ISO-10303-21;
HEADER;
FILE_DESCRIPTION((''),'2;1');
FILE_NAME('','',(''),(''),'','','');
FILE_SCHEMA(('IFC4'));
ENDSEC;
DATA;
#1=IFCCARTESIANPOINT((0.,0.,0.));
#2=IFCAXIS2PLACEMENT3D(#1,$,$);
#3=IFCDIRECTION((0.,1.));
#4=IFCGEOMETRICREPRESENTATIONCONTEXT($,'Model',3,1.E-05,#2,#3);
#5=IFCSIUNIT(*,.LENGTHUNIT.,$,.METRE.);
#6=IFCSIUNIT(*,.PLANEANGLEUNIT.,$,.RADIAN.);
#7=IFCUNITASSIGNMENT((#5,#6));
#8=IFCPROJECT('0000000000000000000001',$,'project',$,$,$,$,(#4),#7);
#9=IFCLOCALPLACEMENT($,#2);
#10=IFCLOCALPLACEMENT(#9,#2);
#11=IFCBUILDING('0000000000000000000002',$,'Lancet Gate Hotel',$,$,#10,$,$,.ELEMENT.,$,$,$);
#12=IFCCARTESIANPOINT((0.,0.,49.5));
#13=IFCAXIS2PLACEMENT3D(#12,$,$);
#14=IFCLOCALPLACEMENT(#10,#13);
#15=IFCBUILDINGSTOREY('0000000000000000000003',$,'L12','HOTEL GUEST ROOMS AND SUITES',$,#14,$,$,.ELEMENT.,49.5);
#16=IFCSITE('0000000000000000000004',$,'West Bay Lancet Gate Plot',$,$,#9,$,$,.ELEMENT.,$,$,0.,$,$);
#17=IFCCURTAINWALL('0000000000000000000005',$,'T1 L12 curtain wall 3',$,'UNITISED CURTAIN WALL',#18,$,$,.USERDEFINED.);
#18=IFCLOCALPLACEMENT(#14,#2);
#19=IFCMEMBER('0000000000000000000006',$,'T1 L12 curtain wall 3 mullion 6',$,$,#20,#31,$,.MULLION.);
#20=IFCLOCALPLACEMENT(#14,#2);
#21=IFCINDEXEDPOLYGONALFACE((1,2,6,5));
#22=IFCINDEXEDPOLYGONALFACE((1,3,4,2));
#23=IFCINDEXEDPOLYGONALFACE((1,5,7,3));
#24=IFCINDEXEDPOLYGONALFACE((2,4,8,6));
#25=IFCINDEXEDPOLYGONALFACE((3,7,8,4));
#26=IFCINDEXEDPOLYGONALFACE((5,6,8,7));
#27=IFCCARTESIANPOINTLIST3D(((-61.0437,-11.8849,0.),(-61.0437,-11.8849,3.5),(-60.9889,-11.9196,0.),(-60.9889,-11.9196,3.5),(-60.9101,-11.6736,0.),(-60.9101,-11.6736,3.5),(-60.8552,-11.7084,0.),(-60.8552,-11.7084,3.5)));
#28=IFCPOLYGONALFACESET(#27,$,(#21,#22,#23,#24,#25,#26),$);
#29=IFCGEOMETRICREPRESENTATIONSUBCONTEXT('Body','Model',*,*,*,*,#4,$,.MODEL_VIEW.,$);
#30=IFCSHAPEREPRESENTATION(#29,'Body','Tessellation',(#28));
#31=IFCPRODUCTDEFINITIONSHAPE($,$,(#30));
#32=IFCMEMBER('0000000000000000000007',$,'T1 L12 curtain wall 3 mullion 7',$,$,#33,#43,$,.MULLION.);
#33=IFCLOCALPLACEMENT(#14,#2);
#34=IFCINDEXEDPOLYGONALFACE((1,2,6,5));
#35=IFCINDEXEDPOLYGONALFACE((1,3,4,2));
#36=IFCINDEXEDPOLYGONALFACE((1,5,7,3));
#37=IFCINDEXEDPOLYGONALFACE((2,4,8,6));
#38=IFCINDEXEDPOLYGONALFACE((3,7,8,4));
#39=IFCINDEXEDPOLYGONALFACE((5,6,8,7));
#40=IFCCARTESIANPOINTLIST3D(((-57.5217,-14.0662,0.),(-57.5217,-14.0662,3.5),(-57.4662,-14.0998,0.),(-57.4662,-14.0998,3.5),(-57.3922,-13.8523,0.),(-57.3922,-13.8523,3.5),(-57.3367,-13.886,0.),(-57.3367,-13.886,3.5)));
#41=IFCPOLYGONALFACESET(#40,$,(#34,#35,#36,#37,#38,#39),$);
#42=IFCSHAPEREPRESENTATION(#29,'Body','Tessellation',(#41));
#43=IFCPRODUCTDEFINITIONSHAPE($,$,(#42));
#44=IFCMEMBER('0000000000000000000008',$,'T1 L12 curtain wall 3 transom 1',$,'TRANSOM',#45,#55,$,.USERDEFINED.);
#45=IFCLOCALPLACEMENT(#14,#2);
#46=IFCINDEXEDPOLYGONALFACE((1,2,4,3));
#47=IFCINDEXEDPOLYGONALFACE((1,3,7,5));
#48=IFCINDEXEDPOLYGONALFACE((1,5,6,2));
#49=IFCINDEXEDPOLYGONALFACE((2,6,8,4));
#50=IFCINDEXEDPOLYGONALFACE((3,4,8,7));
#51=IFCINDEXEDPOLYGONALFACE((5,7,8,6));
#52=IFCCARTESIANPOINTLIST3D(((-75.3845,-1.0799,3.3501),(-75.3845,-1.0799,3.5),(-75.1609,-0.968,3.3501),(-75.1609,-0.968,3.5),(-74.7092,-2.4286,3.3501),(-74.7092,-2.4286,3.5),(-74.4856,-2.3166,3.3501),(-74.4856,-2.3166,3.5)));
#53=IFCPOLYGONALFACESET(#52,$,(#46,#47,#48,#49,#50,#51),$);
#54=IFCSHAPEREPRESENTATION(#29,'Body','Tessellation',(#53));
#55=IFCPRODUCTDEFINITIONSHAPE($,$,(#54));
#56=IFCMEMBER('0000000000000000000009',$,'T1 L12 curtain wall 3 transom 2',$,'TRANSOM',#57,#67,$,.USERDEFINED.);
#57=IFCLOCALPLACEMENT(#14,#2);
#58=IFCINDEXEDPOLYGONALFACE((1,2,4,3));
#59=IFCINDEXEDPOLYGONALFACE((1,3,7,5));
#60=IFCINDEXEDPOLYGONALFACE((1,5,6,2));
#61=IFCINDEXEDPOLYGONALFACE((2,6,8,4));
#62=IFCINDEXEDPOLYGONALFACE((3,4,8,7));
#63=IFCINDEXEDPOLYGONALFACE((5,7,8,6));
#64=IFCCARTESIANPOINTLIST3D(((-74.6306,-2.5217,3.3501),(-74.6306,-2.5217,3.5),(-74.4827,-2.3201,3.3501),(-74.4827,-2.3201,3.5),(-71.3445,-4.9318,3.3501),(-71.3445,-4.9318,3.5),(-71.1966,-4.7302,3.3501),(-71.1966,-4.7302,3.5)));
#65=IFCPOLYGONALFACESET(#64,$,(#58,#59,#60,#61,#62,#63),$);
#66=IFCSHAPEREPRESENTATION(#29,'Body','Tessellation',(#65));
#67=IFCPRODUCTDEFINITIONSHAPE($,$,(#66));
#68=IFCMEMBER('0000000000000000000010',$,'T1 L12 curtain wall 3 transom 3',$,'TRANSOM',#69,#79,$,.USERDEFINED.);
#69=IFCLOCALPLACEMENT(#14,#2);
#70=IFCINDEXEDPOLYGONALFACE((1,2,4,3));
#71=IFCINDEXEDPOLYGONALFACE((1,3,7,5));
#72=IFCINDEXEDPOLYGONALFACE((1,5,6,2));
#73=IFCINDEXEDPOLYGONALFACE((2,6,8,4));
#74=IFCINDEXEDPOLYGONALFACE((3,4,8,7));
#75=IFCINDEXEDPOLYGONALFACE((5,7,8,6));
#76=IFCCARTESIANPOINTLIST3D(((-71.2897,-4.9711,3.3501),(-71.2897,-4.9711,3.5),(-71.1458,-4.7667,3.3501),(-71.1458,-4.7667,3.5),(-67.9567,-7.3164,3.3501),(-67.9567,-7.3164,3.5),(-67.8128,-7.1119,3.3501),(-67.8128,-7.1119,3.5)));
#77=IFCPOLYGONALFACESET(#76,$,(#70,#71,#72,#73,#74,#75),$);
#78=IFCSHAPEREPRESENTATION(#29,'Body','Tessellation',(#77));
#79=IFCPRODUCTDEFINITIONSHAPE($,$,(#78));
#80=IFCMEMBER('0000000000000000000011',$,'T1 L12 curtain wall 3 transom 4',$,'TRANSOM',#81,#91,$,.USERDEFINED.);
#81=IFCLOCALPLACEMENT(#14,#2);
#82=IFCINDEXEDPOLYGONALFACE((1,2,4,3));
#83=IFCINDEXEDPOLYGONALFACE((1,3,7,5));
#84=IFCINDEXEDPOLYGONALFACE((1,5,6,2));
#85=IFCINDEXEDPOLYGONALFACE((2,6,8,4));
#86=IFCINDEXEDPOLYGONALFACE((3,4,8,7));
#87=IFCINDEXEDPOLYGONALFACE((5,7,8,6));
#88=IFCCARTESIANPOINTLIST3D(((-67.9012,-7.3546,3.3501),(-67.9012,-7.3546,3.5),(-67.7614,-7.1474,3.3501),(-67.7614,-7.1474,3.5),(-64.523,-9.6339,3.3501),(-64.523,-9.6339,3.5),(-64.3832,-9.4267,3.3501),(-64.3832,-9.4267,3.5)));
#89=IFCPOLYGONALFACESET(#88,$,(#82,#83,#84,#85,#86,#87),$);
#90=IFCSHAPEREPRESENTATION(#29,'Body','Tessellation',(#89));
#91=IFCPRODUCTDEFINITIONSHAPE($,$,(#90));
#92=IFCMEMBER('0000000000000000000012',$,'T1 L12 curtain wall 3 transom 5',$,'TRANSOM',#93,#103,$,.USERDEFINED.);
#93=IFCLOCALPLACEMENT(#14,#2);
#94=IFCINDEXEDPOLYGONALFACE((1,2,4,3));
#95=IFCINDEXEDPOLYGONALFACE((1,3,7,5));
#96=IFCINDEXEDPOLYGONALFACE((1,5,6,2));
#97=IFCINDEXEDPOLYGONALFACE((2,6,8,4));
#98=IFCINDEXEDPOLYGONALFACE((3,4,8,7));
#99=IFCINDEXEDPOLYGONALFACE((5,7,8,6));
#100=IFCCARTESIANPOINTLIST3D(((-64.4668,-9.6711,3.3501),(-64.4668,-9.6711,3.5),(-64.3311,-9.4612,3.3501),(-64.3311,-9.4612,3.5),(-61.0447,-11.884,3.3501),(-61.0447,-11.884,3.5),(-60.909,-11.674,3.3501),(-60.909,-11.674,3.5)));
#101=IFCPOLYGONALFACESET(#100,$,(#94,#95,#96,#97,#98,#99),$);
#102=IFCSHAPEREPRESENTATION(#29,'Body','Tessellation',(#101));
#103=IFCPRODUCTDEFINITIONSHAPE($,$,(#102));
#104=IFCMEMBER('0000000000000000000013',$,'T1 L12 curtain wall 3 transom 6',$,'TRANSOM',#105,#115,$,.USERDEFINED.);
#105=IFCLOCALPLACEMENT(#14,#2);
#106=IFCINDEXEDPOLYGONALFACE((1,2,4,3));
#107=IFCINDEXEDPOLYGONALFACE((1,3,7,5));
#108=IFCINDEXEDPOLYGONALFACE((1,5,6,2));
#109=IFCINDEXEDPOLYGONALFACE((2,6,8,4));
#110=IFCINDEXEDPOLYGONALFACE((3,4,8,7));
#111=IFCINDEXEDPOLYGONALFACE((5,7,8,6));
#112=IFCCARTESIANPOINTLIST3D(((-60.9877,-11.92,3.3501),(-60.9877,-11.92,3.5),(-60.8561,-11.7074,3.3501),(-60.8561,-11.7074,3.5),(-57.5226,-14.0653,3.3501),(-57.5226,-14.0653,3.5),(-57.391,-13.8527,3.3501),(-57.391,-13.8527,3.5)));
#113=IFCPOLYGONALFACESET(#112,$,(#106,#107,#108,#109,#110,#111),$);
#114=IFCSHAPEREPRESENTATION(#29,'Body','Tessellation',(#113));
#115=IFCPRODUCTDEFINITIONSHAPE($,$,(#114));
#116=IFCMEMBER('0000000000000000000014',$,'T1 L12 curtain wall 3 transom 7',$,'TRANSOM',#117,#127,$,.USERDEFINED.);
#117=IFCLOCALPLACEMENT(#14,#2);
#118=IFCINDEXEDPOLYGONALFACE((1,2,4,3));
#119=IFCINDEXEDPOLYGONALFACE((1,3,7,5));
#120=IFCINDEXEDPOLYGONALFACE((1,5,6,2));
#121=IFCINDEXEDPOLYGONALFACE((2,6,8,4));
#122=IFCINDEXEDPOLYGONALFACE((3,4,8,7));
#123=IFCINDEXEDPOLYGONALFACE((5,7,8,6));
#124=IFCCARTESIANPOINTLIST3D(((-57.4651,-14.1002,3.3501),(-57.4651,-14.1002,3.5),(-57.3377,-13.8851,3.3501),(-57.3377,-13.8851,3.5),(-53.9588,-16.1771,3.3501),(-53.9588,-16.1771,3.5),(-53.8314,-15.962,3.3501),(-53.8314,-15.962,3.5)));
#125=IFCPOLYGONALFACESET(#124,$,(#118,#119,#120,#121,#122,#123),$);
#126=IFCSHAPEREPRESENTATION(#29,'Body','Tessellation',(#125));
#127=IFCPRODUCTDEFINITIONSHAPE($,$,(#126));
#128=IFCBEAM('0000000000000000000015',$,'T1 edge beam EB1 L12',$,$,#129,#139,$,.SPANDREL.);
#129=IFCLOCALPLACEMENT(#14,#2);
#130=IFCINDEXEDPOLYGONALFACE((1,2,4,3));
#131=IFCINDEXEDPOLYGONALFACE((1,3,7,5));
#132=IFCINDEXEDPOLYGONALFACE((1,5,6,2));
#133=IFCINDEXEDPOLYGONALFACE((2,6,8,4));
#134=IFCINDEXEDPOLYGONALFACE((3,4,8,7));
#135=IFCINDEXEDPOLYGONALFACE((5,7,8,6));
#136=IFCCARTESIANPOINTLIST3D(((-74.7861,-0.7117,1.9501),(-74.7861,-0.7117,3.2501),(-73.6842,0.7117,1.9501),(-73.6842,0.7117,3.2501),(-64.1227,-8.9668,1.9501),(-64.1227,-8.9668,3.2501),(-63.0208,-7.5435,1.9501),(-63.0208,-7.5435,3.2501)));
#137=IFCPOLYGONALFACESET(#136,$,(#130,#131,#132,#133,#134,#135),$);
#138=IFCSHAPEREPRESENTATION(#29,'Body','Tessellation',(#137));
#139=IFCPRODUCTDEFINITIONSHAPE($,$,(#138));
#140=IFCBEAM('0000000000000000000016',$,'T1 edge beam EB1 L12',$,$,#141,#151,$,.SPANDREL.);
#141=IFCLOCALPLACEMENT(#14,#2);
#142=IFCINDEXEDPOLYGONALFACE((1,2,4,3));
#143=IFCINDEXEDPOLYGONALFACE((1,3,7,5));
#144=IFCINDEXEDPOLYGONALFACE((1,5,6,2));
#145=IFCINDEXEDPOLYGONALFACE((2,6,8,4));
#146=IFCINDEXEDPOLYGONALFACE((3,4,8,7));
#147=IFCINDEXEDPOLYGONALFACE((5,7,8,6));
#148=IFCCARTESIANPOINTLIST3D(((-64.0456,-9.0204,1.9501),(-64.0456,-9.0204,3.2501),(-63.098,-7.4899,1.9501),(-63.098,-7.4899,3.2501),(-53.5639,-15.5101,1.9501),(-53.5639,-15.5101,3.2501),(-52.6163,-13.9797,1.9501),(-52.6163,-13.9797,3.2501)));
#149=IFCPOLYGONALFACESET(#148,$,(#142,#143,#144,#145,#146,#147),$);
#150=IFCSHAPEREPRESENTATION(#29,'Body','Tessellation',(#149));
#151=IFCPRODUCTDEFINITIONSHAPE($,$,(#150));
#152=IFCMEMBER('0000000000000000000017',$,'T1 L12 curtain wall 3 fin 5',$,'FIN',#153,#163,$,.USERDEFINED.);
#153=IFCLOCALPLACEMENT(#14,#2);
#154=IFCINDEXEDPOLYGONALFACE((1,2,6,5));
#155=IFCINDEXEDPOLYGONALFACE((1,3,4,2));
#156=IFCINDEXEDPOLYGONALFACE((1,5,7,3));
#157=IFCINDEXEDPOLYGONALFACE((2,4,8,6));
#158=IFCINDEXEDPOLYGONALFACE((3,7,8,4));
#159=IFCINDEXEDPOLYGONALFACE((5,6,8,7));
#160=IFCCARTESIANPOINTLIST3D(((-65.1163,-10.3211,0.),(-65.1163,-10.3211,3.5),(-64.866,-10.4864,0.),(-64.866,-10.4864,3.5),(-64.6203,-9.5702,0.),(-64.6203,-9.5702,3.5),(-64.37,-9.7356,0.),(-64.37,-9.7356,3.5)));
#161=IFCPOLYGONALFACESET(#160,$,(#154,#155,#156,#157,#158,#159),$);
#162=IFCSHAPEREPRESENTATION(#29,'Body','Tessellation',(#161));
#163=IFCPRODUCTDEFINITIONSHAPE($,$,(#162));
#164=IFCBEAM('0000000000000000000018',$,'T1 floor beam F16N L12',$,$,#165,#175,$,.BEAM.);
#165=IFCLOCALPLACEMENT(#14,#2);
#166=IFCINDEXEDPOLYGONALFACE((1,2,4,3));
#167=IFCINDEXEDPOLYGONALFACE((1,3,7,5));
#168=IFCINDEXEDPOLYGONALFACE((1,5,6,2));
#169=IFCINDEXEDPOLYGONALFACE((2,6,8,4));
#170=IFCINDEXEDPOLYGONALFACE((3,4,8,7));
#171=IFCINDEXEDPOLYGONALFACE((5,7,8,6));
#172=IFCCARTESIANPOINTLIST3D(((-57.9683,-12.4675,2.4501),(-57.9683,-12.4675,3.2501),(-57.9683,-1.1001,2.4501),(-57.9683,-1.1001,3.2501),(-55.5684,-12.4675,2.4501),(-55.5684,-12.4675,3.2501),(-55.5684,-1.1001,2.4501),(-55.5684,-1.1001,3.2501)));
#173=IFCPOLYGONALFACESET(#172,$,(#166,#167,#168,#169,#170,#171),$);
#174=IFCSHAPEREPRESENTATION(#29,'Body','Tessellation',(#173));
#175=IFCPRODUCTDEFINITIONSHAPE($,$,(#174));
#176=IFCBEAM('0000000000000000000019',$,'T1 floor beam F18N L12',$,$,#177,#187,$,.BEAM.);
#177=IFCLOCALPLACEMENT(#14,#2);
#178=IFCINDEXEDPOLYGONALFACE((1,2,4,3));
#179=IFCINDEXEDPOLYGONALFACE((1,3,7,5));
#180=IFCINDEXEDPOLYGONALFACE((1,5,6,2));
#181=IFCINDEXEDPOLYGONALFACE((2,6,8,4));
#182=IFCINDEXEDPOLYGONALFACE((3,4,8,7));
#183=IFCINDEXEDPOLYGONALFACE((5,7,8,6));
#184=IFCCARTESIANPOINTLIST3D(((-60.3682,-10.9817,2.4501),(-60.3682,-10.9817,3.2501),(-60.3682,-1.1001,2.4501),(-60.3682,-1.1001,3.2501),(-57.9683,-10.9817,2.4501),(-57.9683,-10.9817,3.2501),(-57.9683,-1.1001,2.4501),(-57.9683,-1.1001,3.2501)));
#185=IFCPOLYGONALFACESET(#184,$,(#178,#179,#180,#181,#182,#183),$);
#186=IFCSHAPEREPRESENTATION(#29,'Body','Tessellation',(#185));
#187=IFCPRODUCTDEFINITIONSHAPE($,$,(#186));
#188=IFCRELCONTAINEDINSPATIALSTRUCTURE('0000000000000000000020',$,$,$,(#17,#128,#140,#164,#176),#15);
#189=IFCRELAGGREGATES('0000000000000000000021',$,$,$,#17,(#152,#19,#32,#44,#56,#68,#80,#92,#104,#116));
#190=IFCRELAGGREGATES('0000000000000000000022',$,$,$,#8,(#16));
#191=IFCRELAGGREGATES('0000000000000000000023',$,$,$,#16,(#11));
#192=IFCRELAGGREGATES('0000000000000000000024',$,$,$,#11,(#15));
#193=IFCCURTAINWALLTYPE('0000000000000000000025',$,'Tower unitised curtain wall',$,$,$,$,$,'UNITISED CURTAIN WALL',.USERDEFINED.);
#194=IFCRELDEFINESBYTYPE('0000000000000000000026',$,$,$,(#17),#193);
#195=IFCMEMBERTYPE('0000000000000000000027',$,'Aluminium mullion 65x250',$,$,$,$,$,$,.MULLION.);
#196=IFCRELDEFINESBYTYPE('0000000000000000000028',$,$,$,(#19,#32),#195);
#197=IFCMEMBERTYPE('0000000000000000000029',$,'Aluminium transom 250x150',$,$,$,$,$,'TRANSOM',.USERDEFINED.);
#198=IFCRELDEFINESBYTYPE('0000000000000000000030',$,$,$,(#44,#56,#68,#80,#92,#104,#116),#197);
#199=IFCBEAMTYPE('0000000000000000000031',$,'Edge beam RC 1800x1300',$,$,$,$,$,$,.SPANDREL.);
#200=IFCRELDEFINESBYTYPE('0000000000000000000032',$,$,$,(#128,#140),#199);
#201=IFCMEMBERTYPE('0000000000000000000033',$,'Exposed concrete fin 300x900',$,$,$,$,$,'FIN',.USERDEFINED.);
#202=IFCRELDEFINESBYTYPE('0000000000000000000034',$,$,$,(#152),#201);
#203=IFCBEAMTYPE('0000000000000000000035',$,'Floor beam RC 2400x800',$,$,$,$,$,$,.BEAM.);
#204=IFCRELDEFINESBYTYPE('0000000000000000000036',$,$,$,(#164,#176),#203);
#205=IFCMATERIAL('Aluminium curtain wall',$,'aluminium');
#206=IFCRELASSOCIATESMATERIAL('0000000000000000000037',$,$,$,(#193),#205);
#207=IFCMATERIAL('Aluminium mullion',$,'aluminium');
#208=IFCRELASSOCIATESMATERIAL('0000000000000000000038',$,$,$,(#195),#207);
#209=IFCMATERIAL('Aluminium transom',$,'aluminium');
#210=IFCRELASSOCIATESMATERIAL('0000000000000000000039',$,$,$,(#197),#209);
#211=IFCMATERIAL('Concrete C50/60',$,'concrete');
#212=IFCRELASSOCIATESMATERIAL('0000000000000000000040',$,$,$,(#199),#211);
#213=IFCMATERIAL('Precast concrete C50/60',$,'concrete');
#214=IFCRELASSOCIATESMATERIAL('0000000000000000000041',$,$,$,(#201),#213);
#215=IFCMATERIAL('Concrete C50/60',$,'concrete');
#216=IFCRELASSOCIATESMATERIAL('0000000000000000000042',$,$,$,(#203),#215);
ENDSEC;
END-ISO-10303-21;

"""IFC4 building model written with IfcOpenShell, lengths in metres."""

from ifc_helpers import new_model, si_unit, direction, frame, origin, origin_2d, place, context, subcontext, project, spatial, rectangle, extrude, material, material_profile, profile_set, type_object, element, aggregate, save


model = new_model("IFC4")

# Units and contexts
model_context = context("Model", 3, precision=1e-05, world=origin(), true_north=direction((0.0, 1.0)))
body_context = subcontext(model_context, "Body", "Model", "MODEL_VIEW")
ifc_project = project(units=[si_unit("LENGTHUNIT", "METRE"), si_unit("PLANEANGLEUNIT", "RADIAN")], contexts=[model_context])

# Site, building, storey
site_placement = place(None, origin())
site = spatial("IfcSite", under=ifc_project, at=site_placement, Name="West Bay Lancet Gate Plot", CompositionType="ELEMENT", RefElevation=0.0)
building_placement = place(site_placement, origin())
building = spatial("IfcBuilding", under=site, at=building_placement, Name="Lancet Gate Hotel", CompositionType="ELEMENT")
storey_placement = place(building_placement, frame((0.0, 0.0, 49.5)))
storey = spatial("IfcBuildingStorey", under=building, at=storey_placement, Name="L12", Description="HOTEL GUEST ROOMS AND SUITES", CompositionType="ELEMENT", Elevation=49.5)

# Curtain wall, members
ifc_material_1 = material(Name="Aluminium curtain wall", Category="aluminium")
curtain_wall_type = type_object("IfcCurtainWallType", Name="Tower unitised curtain wall", ElementType="UNITISED CURTAIN WALL", PredefinedType="USERDEFINED", material=ifc_material_1)
curtain_wall_placement = place(storey_placement, origin())
curtain_wall = element("IfcCurtainWall", 1, at=curtain_wall_placement, inside=storey, type_object=curtain_wall_type, Name="T1 L12 curtain wall 3", ObjectType="UNITISED CURTAIN WALL", PredefinedType="USERDEFINED")
ifc_material_2 = material(Name="Aluminium mullion", Category="aluminium")
ifc_material_profile_1 = material_profile(ifc_material_2, rectangle(XDim=0.0649, YDim=0.25, at=origin_2d()), Name="MULLION 65x250")
ifc_profile_set_1 = profile_set([ifc_material_profile_1], Name="Aluminium mullion")
member_type_1 = type_object("IfcMemberType", Name="Aluminium mullion 65x250", PredefinedType="MULLION", material=ifc_profile_set_1)
member_1_placement = place(storey_placement, frame((-60.9495, -11.7966, 0.0), z_axis=(0.0, 0.0, 1.0), x_axis=(0.845029, -0.53472, 0.0)))
member_1 = element("IfcMember", 2, at=member_1_placement, type_object=member_type_1, Name="T1 L12 curtain wall 3 mullion 6", PredefinedType="MULLION", context=body_context, shape_type="SweptSolid", body=[
    extrude(rectangle(XDim=0.0649, YDim=0.25, at=origin_2d()), origin(), (0.0, 0.0, 1.0), 3.5),
])
member_2_placement = place(storey_placement, frame((-57.4292, -13.9761, 0.0), z_axis=(0.0, 0.0, 1.0), x_axis=(0.855346, -0.518057, 0.0)))
member_2 = element("IfcMember", 3, at=member_2_placement, type_object=member_type_1, Name="T1 L12 curtain wall 3 mullion 7", PredefinedType="MULLION", context=body_context, shape_type="SweptSolid", body=[
    extrude(rectangle(XDim=0.0649, YDim=0.25, at=origin_2d()), origin(), (0.0, 0.0, 1.0), 3.5),
])
ifc_material_3 = material(Name="Aluminium transom", Category="aluminium")
ifc_material_profile_2 = material_profile(ifc_material_3, rectangle(XDim=0.25, YDim=0.1499, at=origin_2d()), Name="TRANSOM 250x150")
ifc_profile_set_2 = profile_set([ifc_material_profile_2], Name="Aluminium transom")
member_type_2 = type_object("IfcMemberType", Name="Aluminium transom 250x150", ElementType="TRANSOM", PredefinedType="USERDEFINED", material=ifc_profile_set_2)
member_3_placement = place(storey_placement, frame((-75.2727, -1.0239, 3.425), z_axis=(0.447732, -0.894168, 0.0), x_axis=(0.894168, 0.447732, 0.0)))
member_3 = element("IfcMember", 4, at=member_3_placement, type_object=member_type_2, Name="T1 L12 curtain wall 3 transom 1", ObjectType="TRANSOM", PredefinedType="USERDEFINED", context=body_context, shape_type="SweptSolid", body=[
    extrude(rectangle(XDim=0.25, YDim=0.1499, at=origin_2d()), origin(), (0.0, 0.0, 1.0), 1.5083),
])
member_4_placement = place(storey_placement, frame((-74.5566, -2.4209, 3.425), z_axis=(0.806367, -0.591416, 0.0), x_axis=(0.591416, 0.806367, 0.0)))
member_4 = element("IfcMember", 5, at=member_4_placement, type_object=member_type_2, Name="T1 L12 curtain wall 3 transom 2", ObjectType="TRANSOM", PredefinedType="USERDEFINED", context=body_context, shape_type="SweptSolid", body=[
    extrude(rectangle(XDim=0.25, YDim=0.1499, at=origin_2d()), origin(), (0.0, 0.0, 1.0), 4.0752),
])
member_5_placement = place(storey_placement, frame((-71.2178, -4.8689, 3.425), z_axis=(0.817834, -0.575455, 0.0), x_axis=(0.575455, 0.817834, 0.0)))
member_5 = element("IfcMember", 6, at=member_5_placement, type_object=member_type_2, Name="T1 L12 curtain wall 3 transom 3", ObjectType="TRANSOM", PredefinedType="USERDEFINED", context=body_context, shape_type="SweptSolid", body=[
    extrude(rectangle(XDim=0.25, YDim=0.1499, at=origin_2d()), origin(), (0.0, 0.0, 1.0), 4.0754),
])
member_6_placement = place(storey_placement, frame((-67.8313, -7.251, 3.425), z_axis=(0.828959, -0.559309, 0.0), x_axis=(0.559309, 0.828959, 0.0)))
member_6 = element("IfcMember", 7, at=member_6_placement, type_object=member_type_2, Name="T1 L12 curtain wall 3 transom 4", ObjectType="TRANSOM", PredefinedType="USERDEFINED", context=body_context, shape_type="SweptSolid", body=[
    extrude(rectangle(XDim=0.25, YDim=0.1499, at=origin_2d()), origin(), (0.0, 0.0, 1.0), 4.0752),
])
member_7_placement = place(storey_placement, frame((-64.3989, -9.5662, 3.425), z_axis=(0.839729, -0.543005, 0.0), x_axis=(0.543005, 0.839729, 0.0)))
member_7 = element("IfcMember", 8, at=member_7_placement, type_object=member_type_2, Name="T1 L12 curtain wall 3 transom 5", ObjectType="TRANSOM", PredefinedType="USERDEFINED", context=body_context, shape_type="SweptSolid", body=[
    extrude(rectangle(XDim=0.25, YDim=0.1499, at=origin_2d()), origin(), (0.0, 0.0, 1.0), 4.0752),
])
member_8_placement = place(storey_placement, frame((-60.9219, -11.8137, 3.425), z_axis=(0.850242, -0.526392, 0.0), x_axis=(0.526392, 0.850242, 0.0)))
member_8 = element("IfcMember", 9, at=member_8_placement, type_object=member_type_2, Name="T1 L12 curtain wall 3 transom 6", ObjectType="TRANSOM", PredefinedType="USERDEFINED", context=body_context, shape_type="SweptSolid", body=[
    extrude(rectangle(XDim=0.25, YDim=0.1499, at=origin_2d()), origin(), (0.0, 0.0, 1.0), 4.0754),
])
member_9_placement = place(storey_placement, frame((-57.4014, -13.9927, 3.425), z_axis=(0.860392, -0.509633, 0.0), x_axis=(0.509633, 0.860392, 0.0)))
member_9 = element("IfcMember", 10, at=member_9_placement, type_object=member_type_2, Name="T1 L12 curtain wall 3 transom 7", ObjectType="TRANSOM", PredefinedType="USERDEFINED", context=body_context, shape_type="SweptSolid", body=[
    extrude(rectangle(XDim=0.25, YDim=0.1499, at=origin_2d()), origin(), (0.0, 0.0, 1.0), 4.0752),
])

# Beams
ifc_material_4 = material(Name="Concrete C50/60", Category="concrete")
ifc_material_profile_3 = material_profile(ifc_material_4, rectangle(XDim=1.8, YDim=1.3, at=origin_2d()), Name="RC 1800x1300")
ifc_profile_set_3 = profile_set([ifc_material_profile_3], Name="Concrete C50/60")
beam_type_1 = type_object("IfcBeamType", Name="Edge beam RC 1800x1300", PredefinedType="SPANDREL", material=ifc_profile_set_3)
beam_1_placement = place(storey_placement, frame((-74.2351, 0.0, 2.6001), z_axis=(0.790736, -0.612157, 0.0), x_axis=(0.612157, 0.790736, 0.0)))
element("IfcBeam", 11, at=beam_1_placement, inside=storey, type_object=beam_type_1, Name="T1 edge beam EB1 L12", PredefinedType="SPANDREL", context=body_context, shape_type="SweptSolid", body=[
    extrude(rectangle(XDim=1.8, YDim=1.3, at=origin_2d()), origin(), (0.0, 0.0, 1.0), 13.4854),
])
beam_2_placement = place(storey_placement, frame((-63.5718, -8.2551, 2.6001), z_axis=(0.850226, -0.526418, 0.0), x_axis=(0.526418, 0.850226, 0.0)))
element("IfcBeam", 12, at=beam_2_placement, inside=storey, type_object=beam_type_1, Name="T1 edge beam EB1 L12", PredefinedType="SPANDREL", context=body_context, shape_type="SweptSolid", body=[
    extrude(rectangle(XDim=1.8, YDim=1.3, at=origin_2d()), origin(), (0.0, 0.0, 1.0), 12.3281),
])

# Member
ifc_material_5 = material(Name="Precast concrete C50/60", Category="concrete")
ifc_material_profile_4 = material_profile(ifc_material_5, rectangle(XDim=0.3, YDim=0.8999, at=origin_2d()), Name="FIN 300x900")
ifc_profile_set_4 = profile_set([ifc_material_profile_4], Name="Precast concrete C50/60")
member_type_3 = type_object("IfcMemberType", Name="Exposed concrete fin 300x900", ElementType="FIN", PredefinedType="USERDEFINED", material=ifc_profile_set_4)
member_10_placement = place(storey_placement, frame((-64.7432, -10.0283, 0.0), z_axis=(0.0, 0.0, 1.0), x_axis=(0.834387, -0.551178, 0.0)))
member_10 = element("IfcMember", 13, at=member_10_placement, type_object=member_type_3, Name="T1 L12 curtain wall 3 fin 5", ObjectType="FIN", PredefinedType="USERDEFINED", context=body_context, shape_type="SweptSolid", body=[
    extrude(rectangle(XDim=0.3, YDim=0.8999, at=origin_2d()), origin(), (0.0, 0.0, 1.0), 3.5),
])

# Beams
ifc_material_6 = material(Name="Concrete C50/60", Category="concrete")
ifc_material_profile_5 = material_profile(ifc_material_6, rectangle(XDim=2.3999, YDim=0.8, at=origin_2d()), Name="RC 2400x800")
ifc_profile_set_5 = profile_set([ifc_material_profile_5], Name="Concrete C50/60")
beam_type_2 = type_object("IfcBeamType", Name="Floor beam RC 2400x800", PredefinedType="BEAM", material=ifc_profile_set_5)
beam_3_placement = place(storey_placement, frame((-56.7683, -1.1001, 2.8501), z_axis=(0.0, -1.0, 0.0), x_axis=(1.0, 0.0, 0.0)))
element("IfcBeam", 14, at=beam_3_placement, inside=storey, type_object=beam_type_2, Name="T1 floor beam F16N L12", PredefinedType="BEAM", context=body_context, shape_type="SweptSolid", body=[
    extrude(rectangle(XDim=2.3999, YDim=0.8, at=origin_2d()), origin(), (0.0, 0.0, 1.0), 11.3674),
])
beam_4_placement = place(storey_placement, frame((-59.1682, -1.1001, 2.8501), z_axis=(0.0, -1.0, 0.0), x_axis=(1.0, 0.0, 0.0)))
element("IfcBeam", 15, at=beam_4_placement, inside=storey, type_object=beam_type_2, Name="T1 floor beam F18N L12", PredefinedType="BEAM", context=body_context, shape_type="SweptSolid", body=[
    extrude(rectangle(XDim=2.3999, YDim=0.8, at=origin_2d()), origin(), (0.0, 0.0, 1.0), 9.8816),
])

aggregate(curtain_wall, [member_10, member_1, member_2, member_3, member_4, member_5, member_6, member_7, member_8, member_9])

save(model, "model.ifc")
